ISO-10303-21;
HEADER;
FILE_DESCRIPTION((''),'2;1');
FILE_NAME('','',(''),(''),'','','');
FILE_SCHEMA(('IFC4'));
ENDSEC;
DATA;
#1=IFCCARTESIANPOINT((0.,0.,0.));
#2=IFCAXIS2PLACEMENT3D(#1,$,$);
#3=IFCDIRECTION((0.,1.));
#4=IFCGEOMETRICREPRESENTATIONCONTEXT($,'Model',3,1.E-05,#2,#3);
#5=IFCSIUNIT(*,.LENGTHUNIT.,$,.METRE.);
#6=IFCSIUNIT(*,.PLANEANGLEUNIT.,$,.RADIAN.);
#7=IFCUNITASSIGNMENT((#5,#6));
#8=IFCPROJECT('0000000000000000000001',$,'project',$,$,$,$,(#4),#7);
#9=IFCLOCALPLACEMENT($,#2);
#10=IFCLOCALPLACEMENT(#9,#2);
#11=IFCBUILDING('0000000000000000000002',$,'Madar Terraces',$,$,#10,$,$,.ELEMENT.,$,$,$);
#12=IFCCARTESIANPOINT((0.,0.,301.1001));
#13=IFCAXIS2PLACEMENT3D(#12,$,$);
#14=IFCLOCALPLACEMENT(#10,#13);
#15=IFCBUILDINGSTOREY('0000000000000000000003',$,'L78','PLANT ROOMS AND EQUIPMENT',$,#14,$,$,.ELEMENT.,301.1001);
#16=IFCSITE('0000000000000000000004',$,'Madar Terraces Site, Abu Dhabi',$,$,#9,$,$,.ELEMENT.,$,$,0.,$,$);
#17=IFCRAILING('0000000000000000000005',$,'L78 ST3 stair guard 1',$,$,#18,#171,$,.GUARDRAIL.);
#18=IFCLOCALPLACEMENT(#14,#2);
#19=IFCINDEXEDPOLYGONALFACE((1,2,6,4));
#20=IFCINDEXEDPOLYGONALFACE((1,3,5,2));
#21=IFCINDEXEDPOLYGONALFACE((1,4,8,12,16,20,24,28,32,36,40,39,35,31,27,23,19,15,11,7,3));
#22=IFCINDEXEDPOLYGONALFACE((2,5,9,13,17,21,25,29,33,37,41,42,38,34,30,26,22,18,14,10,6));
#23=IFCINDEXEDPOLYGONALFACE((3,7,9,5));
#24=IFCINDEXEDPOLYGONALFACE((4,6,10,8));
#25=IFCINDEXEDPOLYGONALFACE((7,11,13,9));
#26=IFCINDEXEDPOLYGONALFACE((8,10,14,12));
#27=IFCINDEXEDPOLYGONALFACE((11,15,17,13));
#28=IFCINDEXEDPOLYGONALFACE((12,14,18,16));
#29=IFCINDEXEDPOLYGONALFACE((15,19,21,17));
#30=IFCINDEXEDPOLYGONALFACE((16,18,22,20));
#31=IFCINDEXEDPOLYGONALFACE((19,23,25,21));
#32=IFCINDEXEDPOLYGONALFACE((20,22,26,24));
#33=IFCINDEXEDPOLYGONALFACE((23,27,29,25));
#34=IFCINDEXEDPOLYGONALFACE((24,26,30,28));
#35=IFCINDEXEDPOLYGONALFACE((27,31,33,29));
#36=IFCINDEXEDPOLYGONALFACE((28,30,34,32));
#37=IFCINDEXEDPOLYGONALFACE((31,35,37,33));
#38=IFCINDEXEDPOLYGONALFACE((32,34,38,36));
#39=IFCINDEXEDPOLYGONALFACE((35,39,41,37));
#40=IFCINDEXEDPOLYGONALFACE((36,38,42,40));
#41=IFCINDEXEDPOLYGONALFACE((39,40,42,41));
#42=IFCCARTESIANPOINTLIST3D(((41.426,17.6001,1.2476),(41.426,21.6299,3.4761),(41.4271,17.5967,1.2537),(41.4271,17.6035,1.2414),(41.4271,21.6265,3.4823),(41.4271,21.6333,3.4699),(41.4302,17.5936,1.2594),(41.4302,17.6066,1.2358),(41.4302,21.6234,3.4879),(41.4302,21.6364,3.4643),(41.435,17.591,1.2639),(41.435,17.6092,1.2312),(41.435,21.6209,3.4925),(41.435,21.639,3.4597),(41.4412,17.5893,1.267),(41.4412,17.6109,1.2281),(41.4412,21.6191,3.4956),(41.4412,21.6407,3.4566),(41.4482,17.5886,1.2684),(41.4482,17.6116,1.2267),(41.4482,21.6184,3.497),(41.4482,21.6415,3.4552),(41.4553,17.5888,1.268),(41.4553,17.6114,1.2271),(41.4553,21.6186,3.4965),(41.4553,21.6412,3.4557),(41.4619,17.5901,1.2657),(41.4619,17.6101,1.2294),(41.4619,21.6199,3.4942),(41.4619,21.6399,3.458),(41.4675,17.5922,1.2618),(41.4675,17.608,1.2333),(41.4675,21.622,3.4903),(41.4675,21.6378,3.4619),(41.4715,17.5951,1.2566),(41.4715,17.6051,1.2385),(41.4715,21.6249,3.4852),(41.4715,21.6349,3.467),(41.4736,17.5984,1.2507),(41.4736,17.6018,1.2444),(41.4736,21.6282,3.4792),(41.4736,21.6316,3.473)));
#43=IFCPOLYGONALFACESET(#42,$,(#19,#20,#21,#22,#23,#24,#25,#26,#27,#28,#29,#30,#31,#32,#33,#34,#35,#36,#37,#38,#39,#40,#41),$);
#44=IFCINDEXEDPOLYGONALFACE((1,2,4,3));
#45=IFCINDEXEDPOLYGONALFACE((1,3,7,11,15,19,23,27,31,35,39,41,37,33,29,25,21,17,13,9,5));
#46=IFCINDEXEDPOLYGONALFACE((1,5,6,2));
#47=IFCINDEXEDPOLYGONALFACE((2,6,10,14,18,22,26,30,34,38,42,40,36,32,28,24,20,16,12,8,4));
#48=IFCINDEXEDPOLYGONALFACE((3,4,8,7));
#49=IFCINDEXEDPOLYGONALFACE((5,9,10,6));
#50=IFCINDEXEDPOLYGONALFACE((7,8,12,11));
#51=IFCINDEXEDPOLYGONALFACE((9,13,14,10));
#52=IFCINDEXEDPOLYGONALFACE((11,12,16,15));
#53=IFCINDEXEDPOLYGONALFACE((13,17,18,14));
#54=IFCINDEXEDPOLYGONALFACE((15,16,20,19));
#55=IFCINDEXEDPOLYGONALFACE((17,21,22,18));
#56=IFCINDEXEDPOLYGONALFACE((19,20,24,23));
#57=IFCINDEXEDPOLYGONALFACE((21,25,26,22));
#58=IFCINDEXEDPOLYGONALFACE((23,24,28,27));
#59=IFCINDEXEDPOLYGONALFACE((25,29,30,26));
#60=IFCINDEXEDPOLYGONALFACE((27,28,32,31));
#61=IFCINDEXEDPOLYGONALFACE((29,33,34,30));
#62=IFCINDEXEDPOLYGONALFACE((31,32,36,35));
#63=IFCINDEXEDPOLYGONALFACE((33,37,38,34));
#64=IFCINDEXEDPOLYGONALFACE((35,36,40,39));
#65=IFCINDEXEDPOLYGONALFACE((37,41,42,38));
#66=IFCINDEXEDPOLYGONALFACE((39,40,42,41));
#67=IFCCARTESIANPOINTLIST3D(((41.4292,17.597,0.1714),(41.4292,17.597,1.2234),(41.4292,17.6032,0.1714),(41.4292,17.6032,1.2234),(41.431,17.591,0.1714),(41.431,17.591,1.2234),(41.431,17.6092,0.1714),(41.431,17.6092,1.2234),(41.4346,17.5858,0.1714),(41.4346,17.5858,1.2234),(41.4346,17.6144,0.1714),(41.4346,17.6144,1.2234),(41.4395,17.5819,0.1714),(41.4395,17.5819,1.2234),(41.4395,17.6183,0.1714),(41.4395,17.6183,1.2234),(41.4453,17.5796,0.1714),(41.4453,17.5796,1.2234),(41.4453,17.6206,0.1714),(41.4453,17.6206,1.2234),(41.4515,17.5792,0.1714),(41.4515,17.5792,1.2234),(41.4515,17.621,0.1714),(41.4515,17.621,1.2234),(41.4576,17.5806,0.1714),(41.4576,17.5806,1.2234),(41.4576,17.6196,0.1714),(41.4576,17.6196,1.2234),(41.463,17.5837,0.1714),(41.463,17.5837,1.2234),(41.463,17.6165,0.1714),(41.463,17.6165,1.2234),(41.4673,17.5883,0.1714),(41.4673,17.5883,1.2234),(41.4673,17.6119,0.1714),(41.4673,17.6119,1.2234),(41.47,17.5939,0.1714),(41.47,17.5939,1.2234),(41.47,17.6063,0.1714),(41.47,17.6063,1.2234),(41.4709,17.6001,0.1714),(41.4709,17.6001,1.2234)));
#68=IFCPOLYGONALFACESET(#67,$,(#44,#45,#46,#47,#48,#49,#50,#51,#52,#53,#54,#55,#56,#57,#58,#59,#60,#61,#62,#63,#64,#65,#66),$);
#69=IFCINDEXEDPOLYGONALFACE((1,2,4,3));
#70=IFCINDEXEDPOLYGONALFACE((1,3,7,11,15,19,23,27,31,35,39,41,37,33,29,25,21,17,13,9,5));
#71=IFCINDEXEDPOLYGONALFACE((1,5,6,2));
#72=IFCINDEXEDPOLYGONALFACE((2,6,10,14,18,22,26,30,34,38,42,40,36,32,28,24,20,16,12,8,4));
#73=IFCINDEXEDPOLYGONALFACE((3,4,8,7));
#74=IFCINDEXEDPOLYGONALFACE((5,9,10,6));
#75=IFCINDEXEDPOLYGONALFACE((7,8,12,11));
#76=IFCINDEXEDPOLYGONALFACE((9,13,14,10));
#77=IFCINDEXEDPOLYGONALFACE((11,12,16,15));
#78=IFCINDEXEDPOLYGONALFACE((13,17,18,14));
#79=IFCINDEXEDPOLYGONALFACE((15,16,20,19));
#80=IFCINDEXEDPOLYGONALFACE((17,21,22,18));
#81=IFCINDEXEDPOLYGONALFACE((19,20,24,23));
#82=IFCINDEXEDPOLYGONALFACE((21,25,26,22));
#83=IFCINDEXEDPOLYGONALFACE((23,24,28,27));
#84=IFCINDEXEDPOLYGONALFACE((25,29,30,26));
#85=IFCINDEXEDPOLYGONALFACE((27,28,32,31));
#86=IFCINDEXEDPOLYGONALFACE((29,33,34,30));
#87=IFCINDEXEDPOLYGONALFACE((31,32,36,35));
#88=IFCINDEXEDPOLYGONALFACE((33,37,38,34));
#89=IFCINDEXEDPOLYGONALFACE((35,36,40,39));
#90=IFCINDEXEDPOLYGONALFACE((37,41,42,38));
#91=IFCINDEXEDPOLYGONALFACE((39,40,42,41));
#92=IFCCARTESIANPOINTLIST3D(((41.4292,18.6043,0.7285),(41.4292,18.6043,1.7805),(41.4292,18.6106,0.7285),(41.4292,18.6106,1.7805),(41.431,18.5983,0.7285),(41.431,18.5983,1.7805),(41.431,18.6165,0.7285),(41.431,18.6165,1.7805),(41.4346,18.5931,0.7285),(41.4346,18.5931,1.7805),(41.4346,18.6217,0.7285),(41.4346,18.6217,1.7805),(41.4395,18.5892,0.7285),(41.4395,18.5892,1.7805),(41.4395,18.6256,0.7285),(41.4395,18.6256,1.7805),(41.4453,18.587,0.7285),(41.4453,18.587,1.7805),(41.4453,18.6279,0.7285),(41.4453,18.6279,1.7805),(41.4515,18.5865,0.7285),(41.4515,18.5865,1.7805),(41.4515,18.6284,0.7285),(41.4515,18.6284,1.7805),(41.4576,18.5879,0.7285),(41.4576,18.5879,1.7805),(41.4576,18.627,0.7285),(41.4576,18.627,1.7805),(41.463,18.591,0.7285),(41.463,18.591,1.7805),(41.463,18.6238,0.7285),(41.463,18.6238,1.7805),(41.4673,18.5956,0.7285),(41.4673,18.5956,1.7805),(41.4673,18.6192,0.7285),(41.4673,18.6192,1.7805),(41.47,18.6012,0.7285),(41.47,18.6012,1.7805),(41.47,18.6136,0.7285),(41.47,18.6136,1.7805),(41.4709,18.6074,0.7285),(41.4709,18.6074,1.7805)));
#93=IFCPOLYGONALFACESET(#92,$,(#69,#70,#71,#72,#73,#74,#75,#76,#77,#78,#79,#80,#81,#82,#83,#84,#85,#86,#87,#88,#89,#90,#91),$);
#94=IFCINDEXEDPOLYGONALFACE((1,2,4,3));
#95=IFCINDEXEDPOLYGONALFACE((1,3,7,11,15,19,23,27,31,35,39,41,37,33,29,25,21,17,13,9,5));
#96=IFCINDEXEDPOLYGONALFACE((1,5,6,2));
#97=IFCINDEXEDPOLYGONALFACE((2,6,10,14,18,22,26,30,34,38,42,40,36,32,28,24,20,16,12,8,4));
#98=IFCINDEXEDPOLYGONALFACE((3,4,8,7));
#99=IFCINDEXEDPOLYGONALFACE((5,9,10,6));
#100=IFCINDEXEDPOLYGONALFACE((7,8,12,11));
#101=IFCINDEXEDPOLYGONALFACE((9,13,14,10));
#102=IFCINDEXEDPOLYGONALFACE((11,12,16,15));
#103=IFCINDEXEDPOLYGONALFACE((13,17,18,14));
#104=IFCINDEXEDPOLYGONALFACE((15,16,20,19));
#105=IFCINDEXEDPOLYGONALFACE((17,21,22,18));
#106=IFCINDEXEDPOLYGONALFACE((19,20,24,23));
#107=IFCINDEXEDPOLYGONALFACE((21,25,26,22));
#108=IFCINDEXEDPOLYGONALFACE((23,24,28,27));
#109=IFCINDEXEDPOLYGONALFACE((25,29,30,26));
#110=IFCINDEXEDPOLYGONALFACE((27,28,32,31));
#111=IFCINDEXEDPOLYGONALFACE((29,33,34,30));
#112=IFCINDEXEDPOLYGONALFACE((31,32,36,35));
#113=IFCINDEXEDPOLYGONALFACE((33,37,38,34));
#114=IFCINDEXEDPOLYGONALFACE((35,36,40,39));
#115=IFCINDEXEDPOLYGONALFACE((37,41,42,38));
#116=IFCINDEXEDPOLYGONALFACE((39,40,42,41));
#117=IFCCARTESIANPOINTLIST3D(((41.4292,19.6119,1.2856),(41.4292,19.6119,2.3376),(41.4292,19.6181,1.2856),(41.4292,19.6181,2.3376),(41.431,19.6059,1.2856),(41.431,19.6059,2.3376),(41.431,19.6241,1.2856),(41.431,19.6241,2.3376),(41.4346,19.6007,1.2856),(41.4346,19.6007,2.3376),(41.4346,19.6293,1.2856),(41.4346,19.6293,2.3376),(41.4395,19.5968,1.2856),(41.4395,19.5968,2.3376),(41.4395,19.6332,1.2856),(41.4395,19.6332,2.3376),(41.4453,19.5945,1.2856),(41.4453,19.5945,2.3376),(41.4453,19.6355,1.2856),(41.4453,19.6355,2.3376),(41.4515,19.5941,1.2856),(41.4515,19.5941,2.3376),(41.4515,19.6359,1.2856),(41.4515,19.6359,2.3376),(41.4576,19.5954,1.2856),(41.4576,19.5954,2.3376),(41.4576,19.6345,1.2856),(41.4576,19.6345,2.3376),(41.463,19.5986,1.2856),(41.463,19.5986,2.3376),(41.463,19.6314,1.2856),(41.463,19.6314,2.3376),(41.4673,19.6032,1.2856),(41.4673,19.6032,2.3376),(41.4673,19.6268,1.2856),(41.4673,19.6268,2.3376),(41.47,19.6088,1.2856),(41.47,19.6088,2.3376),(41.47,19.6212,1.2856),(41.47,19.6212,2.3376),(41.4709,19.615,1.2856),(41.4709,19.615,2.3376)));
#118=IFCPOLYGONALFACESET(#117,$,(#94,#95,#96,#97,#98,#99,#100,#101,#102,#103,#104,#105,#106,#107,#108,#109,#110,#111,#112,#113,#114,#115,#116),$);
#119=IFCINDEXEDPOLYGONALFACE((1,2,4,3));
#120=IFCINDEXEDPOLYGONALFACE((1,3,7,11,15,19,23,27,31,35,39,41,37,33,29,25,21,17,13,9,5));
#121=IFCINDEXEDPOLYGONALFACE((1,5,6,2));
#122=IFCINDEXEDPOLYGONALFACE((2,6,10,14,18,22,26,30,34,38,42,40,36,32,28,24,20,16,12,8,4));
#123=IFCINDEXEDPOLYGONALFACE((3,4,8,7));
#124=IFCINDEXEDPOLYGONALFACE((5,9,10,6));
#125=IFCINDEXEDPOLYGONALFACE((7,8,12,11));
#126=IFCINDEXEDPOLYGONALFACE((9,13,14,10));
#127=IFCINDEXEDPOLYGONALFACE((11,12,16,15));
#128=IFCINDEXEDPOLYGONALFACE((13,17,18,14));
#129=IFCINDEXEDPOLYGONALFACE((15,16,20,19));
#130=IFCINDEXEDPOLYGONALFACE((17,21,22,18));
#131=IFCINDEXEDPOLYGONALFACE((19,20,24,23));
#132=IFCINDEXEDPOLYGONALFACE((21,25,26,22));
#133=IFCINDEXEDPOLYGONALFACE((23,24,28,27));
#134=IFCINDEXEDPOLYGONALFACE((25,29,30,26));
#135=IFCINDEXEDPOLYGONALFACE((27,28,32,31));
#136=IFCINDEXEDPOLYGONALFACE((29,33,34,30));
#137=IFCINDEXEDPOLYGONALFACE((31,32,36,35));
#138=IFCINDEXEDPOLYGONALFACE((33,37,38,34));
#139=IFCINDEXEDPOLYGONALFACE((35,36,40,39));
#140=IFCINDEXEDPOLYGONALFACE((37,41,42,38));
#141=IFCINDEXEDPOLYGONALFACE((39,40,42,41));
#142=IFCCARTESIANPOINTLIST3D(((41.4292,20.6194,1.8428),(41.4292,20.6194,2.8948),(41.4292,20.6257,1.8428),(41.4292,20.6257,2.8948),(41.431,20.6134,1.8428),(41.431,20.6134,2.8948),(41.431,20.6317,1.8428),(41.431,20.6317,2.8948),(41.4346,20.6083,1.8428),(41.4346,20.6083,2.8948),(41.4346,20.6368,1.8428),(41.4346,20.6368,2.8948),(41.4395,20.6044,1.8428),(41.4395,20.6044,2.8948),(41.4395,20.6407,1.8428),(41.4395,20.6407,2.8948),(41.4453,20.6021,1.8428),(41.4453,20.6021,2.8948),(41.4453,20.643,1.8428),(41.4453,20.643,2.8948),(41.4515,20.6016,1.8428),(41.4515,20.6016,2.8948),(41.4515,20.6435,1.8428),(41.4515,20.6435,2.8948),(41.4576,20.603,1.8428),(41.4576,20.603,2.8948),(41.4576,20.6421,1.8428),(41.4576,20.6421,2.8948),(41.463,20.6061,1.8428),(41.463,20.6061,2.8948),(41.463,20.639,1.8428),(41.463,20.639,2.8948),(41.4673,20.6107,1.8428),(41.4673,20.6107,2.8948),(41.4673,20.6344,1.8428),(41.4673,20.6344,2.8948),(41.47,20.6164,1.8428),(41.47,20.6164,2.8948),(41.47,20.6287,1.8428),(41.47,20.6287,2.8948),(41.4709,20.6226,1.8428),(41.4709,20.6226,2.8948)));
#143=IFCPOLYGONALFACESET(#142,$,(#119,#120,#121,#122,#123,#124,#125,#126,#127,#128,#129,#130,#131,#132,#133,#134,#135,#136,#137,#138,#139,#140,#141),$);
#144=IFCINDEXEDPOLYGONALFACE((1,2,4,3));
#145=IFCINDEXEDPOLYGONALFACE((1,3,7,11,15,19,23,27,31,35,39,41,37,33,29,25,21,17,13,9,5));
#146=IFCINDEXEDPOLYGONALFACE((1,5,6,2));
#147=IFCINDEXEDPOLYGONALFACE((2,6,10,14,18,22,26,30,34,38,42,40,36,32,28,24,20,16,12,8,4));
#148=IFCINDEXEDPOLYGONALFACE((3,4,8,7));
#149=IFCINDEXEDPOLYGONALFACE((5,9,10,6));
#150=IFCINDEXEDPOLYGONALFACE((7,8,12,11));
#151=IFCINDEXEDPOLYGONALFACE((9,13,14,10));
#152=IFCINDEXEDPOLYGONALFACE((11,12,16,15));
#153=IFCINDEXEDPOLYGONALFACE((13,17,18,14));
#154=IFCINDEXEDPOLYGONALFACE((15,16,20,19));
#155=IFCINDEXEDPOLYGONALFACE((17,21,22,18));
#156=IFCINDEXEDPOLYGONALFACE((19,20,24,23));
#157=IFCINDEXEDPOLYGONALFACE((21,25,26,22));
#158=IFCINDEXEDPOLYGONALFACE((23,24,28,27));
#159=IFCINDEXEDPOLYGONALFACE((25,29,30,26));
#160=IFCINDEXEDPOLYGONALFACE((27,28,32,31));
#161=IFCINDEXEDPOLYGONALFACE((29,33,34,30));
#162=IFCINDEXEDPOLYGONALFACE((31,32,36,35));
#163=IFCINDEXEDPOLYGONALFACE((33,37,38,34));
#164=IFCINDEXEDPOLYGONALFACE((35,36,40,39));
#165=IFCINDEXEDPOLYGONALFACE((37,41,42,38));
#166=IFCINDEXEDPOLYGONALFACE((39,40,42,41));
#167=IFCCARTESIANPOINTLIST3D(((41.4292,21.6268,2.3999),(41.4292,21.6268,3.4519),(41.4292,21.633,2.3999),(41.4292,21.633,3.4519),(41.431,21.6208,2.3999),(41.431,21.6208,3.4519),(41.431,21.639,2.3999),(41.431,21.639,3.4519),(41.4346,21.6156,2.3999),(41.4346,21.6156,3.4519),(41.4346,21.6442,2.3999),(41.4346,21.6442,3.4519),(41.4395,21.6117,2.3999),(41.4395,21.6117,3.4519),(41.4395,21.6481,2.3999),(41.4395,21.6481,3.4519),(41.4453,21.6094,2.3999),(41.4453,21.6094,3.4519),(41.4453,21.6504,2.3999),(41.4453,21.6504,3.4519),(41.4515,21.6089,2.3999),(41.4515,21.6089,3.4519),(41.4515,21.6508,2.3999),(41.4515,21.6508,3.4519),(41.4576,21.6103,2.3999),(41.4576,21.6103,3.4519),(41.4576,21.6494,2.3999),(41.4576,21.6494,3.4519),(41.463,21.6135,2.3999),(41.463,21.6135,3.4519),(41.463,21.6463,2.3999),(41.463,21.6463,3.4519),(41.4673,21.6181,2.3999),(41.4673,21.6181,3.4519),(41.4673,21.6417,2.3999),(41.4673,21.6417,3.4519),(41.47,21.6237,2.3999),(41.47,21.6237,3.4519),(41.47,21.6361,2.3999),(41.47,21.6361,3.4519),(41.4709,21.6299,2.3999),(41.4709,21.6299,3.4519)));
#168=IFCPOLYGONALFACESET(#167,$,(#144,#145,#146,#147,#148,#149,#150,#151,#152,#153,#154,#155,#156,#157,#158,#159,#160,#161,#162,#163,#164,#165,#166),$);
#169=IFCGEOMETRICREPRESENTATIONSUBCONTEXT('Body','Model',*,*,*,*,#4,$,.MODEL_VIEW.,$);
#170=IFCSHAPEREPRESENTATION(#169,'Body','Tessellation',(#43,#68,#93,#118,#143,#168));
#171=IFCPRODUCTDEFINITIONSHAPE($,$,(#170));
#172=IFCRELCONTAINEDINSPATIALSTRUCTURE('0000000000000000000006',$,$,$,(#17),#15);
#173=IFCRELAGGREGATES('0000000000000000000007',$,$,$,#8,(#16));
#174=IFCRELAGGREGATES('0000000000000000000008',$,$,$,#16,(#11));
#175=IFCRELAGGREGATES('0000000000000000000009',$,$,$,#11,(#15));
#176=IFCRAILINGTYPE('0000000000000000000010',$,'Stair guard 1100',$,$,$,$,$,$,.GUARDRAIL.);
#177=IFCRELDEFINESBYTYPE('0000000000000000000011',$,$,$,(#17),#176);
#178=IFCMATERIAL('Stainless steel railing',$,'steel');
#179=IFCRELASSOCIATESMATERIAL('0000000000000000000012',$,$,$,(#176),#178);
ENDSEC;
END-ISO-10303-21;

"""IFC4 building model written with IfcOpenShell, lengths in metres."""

from ifc_helpers import new_model, si_unit, direction, frame, origin, origin_2d, place, context, subcontext, project, spatial, circle, extrude, material, type_object, element, save


model = new_model("IFC4")

# Units and contexts
model_context = context("Model", 3, precision=1e-05, world=origin(), true_north=direction((0.0, 1.0)))
body_context = subcontext(model_context, "Body", "Model", "MODEL_VIEW")
ifc_project = project(units=[si_unit("LENGTHUNIT", "METRE"), si_unit("PLANEANGLEUNIT", "RADIAN")], contexts=[model_context])

# Site, building, storey
site_placement = place(None, origin())
site = spatial("IfcSite", under=ifc_project, at=site_placement, Name="Madar Terraces Site, Abu Dhabi", CompositionType="ELEMENT", RefElevation=0.0)
building_placement = place(site_placement, origin())
building = spatial("IfcBuilding", under=site, at=building_placement, Name="Madar Terraces", CompositionType="ELEMENT")
storey_placement = place(building_placement, frame((0.0, 0.0, 301.1001)))
storey = spatial("IfcBuildingStorey", under=building, at=storey_placement, Name="L78", Description="PLANT ROOMS AND EQUIPMENT", CompositionType="ELEMENT", Elevation=301.1001)

# Railing
ifc_material_1 = material(Name="Stainless steel railing", Category="steel")
railing_type_1 = type_object("IfcRailingType", Name="Stair guard 1100", PredefinedType="GUARDRAIL", material=ifc_material_1)
railing_1_placement = place(storey_placement, frame((41.45, 17.6001, 0.1714)))
element("IfcRailing", 1, at=railing_1_placement, inside=storey, type_object=railing_type_1, Name="L78 ST3 stair guard 1", PredefinedType="GUARDRAIL", context=body_context, shape_type="SweptSolid", body=[
    extrude(circle(Radius=0.0239, at=origin_2d()), frame((0.0, 0.0, 1.0762), z_axis=(0.0, 0.875101, 0.48394), x_axis=(-1.0, 0.0, 0.0)), (0.0, 0.0, 1.0), 4.605),
    extrude(circle(Radius=0.021, at=origin_2d()), origin(), (0.0, 0.0, 1.0), 1.052),
    extrude(circle(Radius=0.021, at=origin_2d()), frame((0.0, 1.0073, 0.5571)), (0.0, 0.0, 1.0), 1.052),
    extrude(circle(Radius=0.021, at=origin_2d()), frame((0.0, 2.0149, 1.1143)), (0.0, 0.0, 1.0), 1.052),
    extrude(circle(Radius=0.021, at=origin_2d()), frame((0.0, 3.0225, 1.6714)), (0.0, 0.0, 1.0), 1.052),
    extrude(circle(Radius=0.021, at=origin_2d()), frame((0.0, 4.0298, 2.2285)), (0.0, 0.0, 1.0), 1.052),
])

save(model, "model.ifc")
